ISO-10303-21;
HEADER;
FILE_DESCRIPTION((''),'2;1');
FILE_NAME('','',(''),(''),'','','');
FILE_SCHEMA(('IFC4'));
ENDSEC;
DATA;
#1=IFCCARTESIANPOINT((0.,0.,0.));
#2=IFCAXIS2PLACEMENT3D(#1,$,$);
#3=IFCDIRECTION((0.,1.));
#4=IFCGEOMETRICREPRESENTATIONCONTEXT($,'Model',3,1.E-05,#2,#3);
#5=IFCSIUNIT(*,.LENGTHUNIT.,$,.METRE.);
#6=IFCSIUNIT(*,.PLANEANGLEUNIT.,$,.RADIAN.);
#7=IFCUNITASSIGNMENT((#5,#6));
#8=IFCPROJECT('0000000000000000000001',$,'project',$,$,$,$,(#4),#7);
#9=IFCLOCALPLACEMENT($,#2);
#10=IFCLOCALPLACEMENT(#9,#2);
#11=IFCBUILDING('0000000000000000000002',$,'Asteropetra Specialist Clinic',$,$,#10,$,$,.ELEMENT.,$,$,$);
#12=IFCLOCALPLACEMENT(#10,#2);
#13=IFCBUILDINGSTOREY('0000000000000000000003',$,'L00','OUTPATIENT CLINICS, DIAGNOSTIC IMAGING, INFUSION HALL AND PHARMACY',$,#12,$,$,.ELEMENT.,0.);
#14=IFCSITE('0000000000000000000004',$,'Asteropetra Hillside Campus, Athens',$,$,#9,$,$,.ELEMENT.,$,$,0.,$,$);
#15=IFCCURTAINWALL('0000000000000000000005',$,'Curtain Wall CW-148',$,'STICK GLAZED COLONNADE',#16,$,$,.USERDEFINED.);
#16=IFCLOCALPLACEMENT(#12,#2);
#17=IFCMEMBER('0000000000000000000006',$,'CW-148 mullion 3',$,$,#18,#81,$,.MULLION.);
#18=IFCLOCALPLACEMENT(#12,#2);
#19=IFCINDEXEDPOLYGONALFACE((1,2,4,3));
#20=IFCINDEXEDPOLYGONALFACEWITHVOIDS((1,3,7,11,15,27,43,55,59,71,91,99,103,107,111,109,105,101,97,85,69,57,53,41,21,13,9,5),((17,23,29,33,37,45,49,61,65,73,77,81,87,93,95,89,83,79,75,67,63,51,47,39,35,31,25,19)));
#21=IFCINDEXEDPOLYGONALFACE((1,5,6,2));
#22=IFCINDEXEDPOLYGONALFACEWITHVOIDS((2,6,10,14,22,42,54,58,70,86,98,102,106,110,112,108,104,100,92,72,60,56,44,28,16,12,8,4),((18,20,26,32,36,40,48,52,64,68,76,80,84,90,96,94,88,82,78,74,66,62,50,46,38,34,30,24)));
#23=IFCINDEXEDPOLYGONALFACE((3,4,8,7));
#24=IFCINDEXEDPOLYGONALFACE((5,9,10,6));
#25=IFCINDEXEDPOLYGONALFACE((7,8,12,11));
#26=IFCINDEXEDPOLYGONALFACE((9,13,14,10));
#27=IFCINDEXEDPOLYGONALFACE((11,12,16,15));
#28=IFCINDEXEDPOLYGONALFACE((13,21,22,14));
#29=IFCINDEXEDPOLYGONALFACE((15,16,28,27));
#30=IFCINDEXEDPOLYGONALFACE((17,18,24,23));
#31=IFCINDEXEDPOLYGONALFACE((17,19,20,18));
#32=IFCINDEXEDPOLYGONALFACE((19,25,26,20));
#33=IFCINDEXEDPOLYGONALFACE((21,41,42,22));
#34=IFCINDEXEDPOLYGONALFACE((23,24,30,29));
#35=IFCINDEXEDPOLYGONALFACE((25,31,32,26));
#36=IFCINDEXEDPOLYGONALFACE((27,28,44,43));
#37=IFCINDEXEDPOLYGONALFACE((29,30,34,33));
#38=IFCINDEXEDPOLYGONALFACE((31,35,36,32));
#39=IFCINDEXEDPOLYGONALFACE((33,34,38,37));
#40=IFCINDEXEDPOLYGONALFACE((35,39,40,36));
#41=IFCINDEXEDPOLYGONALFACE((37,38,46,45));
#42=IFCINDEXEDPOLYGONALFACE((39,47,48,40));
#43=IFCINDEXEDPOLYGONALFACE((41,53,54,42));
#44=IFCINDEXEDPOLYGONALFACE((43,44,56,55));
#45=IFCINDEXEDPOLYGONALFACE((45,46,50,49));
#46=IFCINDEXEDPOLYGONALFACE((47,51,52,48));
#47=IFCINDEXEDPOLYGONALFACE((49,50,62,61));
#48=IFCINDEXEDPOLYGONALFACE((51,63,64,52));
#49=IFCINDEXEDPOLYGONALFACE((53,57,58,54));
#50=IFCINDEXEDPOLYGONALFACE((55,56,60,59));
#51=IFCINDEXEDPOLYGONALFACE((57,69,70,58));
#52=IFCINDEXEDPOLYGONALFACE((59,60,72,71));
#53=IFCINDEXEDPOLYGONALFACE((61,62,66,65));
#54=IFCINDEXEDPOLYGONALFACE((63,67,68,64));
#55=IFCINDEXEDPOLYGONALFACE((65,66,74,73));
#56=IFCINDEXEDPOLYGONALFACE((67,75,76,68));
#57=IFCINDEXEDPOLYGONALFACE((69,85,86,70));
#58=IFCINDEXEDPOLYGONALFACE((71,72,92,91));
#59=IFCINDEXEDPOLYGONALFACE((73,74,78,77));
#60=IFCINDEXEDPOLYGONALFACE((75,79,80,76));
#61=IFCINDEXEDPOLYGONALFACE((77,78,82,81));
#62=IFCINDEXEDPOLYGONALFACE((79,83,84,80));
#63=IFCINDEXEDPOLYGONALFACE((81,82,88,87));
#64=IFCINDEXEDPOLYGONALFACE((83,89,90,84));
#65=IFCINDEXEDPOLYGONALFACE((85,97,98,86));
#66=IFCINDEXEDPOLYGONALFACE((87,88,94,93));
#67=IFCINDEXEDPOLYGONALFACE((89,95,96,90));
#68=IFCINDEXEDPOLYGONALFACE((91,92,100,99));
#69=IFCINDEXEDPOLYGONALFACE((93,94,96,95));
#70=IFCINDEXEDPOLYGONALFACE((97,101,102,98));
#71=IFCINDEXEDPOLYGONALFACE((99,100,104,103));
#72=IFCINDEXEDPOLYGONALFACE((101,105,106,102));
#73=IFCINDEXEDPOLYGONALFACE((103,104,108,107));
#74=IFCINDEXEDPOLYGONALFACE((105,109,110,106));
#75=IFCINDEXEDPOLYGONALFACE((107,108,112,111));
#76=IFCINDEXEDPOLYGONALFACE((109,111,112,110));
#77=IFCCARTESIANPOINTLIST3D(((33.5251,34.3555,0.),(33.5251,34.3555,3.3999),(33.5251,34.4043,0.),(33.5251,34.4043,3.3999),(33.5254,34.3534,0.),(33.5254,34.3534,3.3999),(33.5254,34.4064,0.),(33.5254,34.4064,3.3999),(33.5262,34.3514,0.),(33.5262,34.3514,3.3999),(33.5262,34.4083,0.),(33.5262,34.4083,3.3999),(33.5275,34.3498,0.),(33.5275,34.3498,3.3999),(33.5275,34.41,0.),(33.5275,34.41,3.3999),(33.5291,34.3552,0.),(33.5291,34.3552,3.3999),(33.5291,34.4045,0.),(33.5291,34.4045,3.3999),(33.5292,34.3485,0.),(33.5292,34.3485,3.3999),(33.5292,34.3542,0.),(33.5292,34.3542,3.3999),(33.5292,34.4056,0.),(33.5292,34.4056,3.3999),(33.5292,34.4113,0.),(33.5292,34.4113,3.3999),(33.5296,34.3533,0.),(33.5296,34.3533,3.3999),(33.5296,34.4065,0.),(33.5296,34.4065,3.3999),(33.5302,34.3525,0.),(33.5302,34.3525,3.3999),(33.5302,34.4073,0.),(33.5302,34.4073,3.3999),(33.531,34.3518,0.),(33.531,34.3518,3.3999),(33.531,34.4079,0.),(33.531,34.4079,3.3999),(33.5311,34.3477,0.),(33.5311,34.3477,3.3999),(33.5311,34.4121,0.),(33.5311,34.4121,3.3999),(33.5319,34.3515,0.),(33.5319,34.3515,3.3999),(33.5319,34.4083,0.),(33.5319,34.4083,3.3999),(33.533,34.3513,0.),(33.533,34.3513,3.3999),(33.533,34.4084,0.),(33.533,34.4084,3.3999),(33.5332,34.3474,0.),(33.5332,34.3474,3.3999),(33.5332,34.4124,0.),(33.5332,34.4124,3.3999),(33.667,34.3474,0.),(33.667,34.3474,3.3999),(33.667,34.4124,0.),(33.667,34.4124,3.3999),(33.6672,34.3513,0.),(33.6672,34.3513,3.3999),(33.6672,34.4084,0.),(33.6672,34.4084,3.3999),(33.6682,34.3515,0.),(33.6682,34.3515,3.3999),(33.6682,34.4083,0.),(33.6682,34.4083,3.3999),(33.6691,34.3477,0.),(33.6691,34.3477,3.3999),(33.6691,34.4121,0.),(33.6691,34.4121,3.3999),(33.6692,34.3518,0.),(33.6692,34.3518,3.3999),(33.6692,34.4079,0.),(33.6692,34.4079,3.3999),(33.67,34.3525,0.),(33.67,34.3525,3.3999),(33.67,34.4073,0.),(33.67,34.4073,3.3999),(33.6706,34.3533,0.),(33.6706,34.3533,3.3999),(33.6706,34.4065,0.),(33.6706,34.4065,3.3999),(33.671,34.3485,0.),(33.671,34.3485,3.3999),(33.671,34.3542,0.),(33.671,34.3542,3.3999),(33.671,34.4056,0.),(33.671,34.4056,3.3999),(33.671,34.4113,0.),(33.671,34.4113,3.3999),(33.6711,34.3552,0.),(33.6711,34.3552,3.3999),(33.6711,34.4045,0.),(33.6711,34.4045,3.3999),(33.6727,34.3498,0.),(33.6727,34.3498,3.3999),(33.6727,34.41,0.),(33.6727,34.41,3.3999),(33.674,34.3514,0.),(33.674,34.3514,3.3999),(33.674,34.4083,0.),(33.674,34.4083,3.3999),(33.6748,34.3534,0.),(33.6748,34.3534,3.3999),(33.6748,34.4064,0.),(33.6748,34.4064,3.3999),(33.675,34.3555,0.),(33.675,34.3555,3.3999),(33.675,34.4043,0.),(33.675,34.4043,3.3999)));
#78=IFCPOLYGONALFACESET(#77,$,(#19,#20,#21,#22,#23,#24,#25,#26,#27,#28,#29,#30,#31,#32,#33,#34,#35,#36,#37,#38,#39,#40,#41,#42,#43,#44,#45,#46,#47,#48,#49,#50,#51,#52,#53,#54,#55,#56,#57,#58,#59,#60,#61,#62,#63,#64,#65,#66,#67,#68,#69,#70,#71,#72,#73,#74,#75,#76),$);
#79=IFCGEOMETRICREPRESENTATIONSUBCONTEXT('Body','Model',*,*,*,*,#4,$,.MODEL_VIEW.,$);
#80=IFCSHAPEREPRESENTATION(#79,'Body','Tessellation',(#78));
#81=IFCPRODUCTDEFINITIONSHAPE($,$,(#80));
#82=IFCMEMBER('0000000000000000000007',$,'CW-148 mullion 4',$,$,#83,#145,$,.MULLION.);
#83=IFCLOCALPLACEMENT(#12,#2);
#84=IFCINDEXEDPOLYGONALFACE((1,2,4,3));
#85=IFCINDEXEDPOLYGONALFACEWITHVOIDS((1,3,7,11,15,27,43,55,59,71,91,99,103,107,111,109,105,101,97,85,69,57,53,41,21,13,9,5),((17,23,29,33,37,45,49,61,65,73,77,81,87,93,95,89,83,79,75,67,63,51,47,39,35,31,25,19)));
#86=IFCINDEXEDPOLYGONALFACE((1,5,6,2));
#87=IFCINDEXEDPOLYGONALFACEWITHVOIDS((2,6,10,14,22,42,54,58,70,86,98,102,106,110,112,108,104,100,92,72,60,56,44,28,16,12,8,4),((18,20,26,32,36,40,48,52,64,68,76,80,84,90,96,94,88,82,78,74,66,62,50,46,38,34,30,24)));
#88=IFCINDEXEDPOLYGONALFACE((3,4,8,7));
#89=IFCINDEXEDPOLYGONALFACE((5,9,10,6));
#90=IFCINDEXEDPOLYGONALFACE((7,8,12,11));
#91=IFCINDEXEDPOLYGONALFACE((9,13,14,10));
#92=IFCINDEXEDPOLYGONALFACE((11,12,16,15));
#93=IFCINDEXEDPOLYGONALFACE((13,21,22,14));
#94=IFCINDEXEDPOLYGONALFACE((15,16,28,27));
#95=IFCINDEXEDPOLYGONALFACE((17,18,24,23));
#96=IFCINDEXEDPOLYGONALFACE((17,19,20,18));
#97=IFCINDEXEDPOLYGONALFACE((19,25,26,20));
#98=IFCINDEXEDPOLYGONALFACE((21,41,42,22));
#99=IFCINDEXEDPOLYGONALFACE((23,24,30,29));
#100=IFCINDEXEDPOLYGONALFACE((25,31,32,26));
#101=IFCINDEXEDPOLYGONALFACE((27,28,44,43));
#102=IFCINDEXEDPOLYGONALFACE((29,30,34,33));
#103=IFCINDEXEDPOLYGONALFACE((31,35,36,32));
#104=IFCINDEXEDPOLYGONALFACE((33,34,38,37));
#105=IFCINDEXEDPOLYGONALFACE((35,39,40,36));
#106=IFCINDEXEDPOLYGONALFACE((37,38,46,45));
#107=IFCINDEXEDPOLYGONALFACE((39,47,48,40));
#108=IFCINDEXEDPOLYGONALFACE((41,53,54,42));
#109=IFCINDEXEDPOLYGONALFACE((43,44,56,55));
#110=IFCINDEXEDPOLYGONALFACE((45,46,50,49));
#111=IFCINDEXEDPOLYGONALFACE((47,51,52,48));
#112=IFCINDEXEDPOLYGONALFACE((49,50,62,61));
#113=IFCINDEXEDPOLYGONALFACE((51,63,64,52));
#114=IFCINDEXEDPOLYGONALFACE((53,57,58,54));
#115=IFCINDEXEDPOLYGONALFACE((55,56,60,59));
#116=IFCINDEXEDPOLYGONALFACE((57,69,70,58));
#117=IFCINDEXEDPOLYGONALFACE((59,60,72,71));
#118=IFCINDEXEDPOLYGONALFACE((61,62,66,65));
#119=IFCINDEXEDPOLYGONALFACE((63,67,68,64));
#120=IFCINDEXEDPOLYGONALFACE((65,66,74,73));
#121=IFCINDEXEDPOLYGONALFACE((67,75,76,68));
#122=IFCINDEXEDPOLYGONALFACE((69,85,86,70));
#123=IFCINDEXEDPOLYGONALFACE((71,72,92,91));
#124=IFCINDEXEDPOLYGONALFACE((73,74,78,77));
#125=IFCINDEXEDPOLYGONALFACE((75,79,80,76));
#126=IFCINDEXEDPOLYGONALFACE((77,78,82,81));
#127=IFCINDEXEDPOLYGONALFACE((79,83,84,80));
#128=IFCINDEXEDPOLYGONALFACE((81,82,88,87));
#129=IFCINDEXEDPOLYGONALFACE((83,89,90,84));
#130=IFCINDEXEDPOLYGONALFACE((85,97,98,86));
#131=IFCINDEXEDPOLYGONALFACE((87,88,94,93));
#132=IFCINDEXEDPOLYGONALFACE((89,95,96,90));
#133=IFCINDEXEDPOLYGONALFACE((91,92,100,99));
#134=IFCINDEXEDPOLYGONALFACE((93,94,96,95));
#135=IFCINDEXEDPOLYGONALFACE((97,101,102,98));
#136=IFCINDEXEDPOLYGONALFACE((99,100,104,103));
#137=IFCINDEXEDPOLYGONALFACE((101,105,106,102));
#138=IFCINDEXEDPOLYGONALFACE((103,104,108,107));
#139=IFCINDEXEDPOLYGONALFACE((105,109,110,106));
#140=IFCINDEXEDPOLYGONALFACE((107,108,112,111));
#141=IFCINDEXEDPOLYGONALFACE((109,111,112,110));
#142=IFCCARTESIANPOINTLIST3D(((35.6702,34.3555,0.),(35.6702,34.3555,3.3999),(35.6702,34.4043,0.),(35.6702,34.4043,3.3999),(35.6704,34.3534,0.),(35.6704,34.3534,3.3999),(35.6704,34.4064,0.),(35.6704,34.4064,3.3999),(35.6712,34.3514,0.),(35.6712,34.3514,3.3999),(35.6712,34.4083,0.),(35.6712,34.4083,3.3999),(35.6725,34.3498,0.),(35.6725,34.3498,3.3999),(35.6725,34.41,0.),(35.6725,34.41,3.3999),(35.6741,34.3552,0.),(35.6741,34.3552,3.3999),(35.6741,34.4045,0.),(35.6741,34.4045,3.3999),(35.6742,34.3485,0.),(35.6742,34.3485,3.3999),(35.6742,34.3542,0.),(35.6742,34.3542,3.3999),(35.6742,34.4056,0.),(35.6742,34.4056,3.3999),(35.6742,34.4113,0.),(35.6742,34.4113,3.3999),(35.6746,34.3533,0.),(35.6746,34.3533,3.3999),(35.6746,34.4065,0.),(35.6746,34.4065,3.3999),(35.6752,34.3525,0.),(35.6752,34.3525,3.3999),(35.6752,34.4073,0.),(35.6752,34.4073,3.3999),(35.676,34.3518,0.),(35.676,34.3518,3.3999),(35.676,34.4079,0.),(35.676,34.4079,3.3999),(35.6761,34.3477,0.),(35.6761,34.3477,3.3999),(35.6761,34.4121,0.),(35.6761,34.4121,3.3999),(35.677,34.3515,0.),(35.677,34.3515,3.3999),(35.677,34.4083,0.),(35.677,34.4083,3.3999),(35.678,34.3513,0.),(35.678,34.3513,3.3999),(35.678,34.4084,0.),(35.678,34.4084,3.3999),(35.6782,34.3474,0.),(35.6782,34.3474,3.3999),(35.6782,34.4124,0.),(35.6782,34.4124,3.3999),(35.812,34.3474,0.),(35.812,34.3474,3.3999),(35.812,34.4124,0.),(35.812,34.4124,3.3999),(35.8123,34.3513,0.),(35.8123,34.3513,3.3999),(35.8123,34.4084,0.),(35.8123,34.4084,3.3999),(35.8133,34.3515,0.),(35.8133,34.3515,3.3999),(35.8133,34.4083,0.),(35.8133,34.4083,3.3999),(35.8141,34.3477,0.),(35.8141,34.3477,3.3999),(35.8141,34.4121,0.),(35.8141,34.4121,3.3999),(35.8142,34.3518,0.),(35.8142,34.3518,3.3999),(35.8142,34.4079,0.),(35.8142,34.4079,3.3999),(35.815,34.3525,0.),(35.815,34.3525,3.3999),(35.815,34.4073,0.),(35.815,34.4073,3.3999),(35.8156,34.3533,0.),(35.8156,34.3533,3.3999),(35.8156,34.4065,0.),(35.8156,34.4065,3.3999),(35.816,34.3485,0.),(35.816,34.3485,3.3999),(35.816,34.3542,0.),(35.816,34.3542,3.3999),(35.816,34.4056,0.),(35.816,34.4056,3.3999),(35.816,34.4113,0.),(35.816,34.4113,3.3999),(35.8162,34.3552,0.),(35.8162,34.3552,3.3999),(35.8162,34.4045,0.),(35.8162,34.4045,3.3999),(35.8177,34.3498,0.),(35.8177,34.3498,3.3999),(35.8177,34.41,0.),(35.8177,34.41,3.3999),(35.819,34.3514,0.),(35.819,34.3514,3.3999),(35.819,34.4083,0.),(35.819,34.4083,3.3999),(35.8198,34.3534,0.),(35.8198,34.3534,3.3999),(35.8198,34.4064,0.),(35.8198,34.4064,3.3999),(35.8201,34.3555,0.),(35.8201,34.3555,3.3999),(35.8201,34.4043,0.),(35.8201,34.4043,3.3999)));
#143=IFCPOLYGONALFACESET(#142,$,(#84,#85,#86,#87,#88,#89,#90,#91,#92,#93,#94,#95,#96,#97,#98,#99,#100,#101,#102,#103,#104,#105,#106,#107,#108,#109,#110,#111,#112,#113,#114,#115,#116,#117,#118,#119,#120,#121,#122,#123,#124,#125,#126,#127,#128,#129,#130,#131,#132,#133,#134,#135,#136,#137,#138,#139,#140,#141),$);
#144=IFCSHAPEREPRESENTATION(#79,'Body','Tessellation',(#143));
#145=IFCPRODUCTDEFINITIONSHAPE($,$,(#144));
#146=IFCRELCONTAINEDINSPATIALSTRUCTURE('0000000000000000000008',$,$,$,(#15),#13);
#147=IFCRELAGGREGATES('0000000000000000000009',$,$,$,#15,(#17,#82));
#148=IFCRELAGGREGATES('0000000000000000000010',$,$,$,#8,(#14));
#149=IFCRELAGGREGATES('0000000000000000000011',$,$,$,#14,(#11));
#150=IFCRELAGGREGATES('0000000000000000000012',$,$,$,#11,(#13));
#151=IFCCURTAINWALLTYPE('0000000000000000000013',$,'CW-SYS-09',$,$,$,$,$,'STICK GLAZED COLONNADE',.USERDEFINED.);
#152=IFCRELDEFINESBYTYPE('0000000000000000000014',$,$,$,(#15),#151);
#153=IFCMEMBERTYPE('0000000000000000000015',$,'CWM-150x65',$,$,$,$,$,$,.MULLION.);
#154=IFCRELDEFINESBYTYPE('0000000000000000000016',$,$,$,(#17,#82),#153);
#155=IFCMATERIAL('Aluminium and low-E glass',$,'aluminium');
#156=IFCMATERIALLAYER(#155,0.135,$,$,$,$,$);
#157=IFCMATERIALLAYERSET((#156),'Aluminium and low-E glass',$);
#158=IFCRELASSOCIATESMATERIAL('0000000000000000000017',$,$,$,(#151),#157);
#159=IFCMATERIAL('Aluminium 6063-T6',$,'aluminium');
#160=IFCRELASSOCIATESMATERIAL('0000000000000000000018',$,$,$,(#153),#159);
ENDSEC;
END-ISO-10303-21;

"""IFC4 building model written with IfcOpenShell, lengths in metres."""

from ifc_helpers import new_model, si_unit, direction, frame, origin, origin_2d, place, context, subcontext, project, spatial, hollow_rectangle, extrude, material, layer, layer_set, material_profile, profile_set, type_object, element, aggregate, save


model = new_model("IFC4")

# Units and contexts
model_context = context("Model", 3, precision=1e-05, world=origin(), true_north=direction((0.0, 1.0)))
body_context = subcontext(model_context, "Body", "Model", "MODEL_VIEW")
ifc_project = project(units=[si_unit("LENGTHUNIT", "METRE"), si_unit("PLANEANGLEUNIT", "RADIAN")], contexts=[model_context])

# Site, building, storey
site_placement = place(None, origin())
site = spatial("IfcSite", under=ifc_project, at=site_placement, Name="Asteropetra Hillside Campus, Athens", CompositionType="ELEMENT", RefElevation=0.0)
building_placement = place(site_placement, origin())
building = spatial("IfcBuilding", under=site, at=building_placement, Name="Asteropetra Specialist Clinic", CompositionType="ELEMENT")
storey_placement = place(building_placement, origin())
storey = spatial("IfcBuildingStorey", under=building, at=storey_placement, Name="L00", Description="OUTPATIENT CLINICS, DIAGNOSTIC IMAGING, INFUSION HALL AND PHARMACY", CompositionType="ELEMENT", Elevation=0.0)

# Curtain wall, members
ifc_material_1 = material(Name="Aluminium and low-E glass", Category="aluminium")
ifc_layer_1 = layer(ifc_material_1, 0.135)
ifc_layer_set_1 = layer_set([ifc_layer_1], Name="Aluminium and low-E glass")
curtain_wall_type = type_object("IfcCurtainWallType", Name="CW-SYS-09", ElementType="STICK GLAZED COLONNADE", PredefinedType="USERDEFINED", material=ifc_layer_set_1)
curtain_wall_placement = place(storey_placement, origin())
curtain_wall = element("IfcCurtainWall", 1, at=curtain_wall_placement, inside=storey, type_object=curtain_wall_type, Name="Curtain Wall CW-148", ObjectType="STICK GLAZED COLONNADE", PredefinedType="USERDEFINED")
ifc_material_2 = material(Name="Aluminium 6063-T6", Category="aluminium")
ifc_material_profile_1 = material_profile(ifc_material_2, hollow_rectangle(XDim=0.0649, YDim=0.1499, WallThickness=0.0039, InnerFilletRadius=0.0039, OuterFilletRadius=0.0081, at=origin_2d()), Name="MUL 150x65x4.0")
ifc_profile_set_1 = profile_set([ifc_material_profile_1], Name="Aluminium 6063-T6")
member_type_1 = type_object("IfcMemberType", Name="CWM-150x65", PredefinedType="MULLION", material=ifc_profile_set_1)
member_1_placement = place(storey_placement, frame((33.6001, 34.3799, 0.0), z_axis=(0.0, 0.0, 1.0), x_axis=(0.0, 1.0, 0.0)))
member_1 = element("IfcMember", 2, at=member_1_placement, type_object=member_type_1, Name="CW-148 mullion 3", PredefinedType="MULLION", context=body_context, shape_type="SweptSolid", body=[
    extrude(hollow_rectangle(XDim=0.0649, YDim=0.1499, WallThickness=0.0039, InnerFilletRadius=0.0039, OuterFilletRadius=0.0081, at=origin_2d()), origin(), (0.0, 0.0, 1.0), 3.3999),
])
member_2_placement = place(storey_placement, frame((35.7451, 34.3799, 0.0), z_axis=(0.0, 0.0, 1.0), x_axis=(0.0, 1.0, 0.0)))
member_2 = element("IfcMember", 3, at=member_2_placement, type_object=member_type_1, Name="CW-148 mullion 4", PredefinedType="MULLION", context=body_context, shape_type="SweptSolid", body=[
    extrude(hollow_rectangle(XDim=0.0649, YDim=0.1499, WallThickness=0.0039, InnerFilletRadius=0.0039, OuterFilletRadius=0.0081, at=origin_2d()), origin(), (0.0, 0.0, 1.0), 3.3999),
])

aggregate(curtain_wall, [member_1, member_2])

save(model, "model.ifc")
